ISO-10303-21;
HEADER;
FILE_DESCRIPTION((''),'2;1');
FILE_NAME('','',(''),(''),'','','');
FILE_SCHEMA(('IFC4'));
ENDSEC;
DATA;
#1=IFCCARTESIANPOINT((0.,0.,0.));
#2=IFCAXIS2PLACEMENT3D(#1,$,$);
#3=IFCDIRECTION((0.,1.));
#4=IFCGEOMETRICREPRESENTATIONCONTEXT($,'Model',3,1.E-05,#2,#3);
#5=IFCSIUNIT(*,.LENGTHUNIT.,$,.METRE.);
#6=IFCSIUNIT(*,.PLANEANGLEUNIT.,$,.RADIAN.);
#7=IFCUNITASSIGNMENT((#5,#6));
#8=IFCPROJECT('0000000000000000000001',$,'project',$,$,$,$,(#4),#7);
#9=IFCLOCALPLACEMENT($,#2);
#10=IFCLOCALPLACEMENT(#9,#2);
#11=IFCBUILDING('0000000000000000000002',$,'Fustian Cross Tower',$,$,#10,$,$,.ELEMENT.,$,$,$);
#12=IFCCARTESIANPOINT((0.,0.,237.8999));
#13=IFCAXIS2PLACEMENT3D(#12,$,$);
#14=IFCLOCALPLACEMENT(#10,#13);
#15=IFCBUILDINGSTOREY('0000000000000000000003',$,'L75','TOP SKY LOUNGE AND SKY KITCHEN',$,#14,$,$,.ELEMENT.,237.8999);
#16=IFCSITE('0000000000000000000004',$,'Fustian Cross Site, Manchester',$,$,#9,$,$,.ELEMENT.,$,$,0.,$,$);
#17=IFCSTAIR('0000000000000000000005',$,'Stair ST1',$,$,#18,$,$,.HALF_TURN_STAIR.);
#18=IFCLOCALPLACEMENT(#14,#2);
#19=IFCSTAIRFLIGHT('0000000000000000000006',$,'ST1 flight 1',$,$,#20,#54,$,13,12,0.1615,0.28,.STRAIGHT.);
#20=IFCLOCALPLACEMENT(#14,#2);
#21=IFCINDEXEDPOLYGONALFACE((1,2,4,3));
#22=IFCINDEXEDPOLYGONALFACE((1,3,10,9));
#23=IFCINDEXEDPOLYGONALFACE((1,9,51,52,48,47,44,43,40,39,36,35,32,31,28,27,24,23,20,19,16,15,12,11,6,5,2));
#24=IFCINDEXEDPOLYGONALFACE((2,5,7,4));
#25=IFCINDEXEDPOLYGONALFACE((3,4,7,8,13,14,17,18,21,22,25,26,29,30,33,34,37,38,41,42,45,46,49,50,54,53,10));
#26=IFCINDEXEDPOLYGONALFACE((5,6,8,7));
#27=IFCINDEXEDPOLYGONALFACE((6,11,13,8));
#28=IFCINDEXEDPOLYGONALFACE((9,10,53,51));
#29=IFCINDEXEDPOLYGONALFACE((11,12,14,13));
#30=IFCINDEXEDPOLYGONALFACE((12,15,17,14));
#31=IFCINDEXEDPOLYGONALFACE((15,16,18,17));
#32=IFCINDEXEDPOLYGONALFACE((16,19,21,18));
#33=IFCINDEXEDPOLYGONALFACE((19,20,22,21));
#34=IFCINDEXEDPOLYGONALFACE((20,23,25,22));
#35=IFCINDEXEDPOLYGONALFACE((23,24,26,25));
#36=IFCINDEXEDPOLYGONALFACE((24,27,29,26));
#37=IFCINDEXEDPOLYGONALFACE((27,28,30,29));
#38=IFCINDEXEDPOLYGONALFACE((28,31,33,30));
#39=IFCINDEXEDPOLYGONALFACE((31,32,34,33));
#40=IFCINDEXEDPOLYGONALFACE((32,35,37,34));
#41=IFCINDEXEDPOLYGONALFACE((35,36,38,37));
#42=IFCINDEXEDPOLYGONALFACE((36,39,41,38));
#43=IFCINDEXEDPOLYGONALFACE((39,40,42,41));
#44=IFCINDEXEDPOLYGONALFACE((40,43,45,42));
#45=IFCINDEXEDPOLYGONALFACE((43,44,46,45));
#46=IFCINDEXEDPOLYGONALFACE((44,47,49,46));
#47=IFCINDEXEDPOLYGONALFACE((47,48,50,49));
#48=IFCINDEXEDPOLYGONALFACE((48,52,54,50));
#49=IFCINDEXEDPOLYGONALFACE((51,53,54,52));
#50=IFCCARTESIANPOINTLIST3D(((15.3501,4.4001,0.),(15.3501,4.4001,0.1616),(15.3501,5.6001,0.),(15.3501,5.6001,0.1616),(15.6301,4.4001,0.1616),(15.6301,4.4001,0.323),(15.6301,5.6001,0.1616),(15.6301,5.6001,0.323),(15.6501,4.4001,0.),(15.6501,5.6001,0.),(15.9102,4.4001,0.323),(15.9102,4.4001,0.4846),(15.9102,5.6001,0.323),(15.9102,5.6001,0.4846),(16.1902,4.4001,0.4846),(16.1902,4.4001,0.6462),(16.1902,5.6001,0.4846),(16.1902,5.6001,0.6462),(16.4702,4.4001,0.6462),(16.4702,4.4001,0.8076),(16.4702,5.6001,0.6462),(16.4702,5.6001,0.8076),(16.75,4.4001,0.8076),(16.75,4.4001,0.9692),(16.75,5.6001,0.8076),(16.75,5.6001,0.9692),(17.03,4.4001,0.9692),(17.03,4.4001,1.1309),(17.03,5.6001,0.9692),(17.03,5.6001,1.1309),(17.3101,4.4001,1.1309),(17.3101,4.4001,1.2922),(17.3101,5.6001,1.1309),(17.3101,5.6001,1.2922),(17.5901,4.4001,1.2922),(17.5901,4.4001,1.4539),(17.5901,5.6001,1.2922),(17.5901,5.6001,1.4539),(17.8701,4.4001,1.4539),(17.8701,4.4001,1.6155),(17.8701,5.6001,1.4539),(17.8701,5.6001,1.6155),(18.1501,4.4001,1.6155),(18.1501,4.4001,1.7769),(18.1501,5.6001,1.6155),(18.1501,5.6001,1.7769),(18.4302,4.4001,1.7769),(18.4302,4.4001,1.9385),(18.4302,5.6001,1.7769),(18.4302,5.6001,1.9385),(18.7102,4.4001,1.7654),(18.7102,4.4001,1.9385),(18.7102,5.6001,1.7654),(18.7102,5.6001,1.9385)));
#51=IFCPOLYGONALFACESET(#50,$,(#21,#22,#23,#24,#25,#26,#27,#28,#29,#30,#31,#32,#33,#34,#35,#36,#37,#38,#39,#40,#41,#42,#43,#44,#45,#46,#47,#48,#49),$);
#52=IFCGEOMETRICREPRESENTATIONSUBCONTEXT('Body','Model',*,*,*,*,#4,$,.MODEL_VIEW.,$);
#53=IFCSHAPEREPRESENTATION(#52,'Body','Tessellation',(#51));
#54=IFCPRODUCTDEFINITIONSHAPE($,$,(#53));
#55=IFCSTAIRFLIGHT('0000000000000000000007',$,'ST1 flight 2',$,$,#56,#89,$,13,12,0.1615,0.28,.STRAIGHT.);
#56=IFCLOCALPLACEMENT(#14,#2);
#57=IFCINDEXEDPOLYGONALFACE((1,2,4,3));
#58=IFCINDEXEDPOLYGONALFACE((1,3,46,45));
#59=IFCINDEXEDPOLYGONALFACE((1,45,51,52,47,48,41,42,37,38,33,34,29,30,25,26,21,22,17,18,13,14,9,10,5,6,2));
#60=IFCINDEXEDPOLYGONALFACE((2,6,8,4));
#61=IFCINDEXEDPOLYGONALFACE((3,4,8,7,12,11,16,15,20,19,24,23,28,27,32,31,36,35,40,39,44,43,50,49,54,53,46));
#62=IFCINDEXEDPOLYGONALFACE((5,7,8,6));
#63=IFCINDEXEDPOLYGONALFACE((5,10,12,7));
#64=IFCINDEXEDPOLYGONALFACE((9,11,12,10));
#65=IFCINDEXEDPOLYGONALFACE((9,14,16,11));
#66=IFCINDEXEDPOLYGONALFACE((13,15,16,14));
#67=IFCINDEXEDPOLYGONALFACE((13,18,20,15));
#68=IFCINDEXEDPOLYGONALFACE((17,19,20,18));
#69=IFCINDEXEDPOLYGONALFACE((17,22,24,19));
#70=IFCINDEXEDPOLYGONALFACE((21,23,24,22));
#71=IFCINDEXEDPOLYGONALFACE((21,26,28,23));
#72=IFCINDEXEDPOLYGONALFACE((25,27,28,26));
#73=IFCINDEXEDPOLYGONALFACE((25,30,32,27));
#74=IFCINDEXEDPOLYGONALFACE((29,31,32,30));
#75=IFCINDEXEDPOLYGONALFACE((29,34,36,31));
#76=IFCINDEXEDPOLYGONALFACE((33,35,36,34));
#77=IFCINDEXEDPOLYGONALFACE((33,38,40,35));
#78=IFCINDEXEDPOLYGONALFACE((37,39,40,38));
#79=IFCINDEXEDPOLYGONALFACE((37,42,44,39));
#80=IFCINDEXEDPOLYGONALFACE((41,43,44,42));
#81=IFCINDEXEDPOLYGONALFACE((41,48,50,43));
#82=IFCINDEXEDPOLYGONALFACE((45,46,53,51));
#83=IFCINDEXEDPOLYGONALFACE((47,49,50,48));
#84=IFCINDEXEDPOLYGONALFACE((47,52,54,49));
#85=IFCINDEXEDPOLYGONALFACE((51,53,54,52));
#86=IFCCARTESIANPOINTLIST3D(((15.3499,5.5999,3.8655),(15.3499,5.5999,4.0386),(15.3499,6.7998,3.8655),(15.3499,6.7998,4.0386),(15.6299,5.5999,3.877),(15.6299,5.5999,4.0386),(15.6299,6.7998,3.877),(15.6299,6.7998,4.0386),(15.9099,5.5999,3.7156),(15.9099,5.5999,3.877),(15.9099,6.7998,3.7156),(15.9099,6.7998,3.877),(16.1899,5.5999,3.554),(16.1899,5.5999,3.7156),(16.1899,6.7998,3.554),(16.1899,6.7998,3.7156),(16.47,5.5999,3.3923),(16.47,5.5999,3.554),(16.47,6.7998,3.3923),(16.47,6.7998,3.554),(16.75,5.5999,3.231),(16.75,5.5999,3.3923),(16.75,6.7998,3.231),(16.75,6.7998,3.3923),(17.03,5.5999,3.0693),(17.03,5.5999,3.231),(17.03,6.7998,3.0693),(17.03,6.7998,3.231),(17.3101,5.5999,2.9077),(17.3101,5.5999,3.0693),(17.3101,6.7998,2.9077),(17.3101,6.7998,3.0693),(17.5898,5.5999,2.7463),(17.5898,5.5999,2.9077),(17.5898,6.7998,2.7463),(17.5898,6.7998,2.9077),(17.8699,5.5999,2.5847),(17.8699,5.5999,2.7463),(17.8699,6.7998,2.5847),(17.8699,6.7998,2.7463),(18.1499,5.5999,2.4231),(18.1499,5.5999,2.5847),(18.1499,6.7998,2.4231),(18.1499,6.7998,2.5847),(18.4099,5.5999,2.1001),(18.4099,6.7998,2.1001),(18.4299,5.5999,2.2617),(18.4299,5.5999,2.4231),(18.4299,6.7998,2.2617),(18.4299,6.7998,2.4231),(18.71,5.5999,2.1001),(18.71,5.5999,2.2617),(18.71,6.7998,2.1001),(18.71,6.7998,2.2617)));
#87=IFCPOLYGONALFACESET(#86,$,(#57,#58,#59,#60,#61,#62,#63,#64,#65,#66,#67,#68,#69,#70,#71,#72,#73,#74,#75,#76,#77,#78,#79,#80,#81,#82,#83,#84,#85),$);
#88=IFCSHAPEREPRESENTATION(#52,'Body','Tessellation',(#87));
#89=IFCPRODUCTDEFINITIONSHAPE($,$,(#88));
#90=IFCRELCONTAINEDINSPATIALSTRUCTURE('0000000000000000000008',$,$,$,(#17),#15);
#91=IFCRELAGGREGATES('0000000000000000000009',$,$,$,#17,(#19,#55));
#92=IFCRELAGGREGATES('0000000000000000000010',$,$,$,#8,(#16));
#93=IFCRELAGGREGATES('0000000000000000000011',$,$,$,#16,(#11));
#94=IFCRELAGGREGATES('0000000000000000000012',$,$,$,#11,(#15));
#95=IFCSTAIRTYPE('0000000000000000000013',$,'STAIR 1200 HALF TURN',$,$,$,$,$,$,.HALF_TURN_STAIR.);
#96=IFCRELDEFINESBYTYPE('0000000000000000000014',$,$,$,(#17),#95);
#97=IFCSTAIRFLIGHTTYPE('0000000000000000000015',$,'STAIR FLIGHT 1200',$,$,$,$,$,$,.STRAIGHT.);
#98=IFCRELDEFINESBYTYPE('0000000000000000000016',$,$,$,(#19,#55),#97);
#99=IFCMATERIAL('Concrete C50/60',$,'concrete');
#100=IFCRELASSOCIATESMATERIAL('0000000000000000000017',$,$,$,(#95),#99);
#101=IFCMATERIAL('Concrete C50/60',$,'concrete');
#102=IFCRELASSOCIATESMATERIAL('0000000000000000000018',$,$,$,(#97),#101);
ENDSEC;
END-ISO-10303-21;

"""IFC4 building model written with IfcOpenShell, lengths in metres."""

from ifc_helpers import new_model, si_unit, direction, frame, origin, place, context, subcontext, project, spatial, polyline, outline, extrude, material, type_object, element, aggregate, save


model = new_model("IFC4")

# Units and contexts
model_context = context("Model", 3, precision=1e-05, world=origin(), true_north=direction((0.0, 1.0)))
body_context = subcontext(model_context, "Body", "Model", "MODEL_VIEW")
ifc_project = project(units=[si_unit("LENGTHUNIT", "METRE"), si_unit("PLANEANGLEUNIT", "RADIAN")], contexts=[model_context])

# Site, building, storey
site_placement = place(None, origin())
site = spatial("IfcSite", under=ifc_project, at=site_placement, Name="Fustian Cross Site, Manchester", CompositionType="ELEMENT", RefElevation=0.0)
building_placement = place(site_placement, origin())
building = spatial("IfcBuilding", under=site, at=building_placement, Name="Fustian Cross Tower", CompositionType="ELEMENT")
storey_placement = place(building_placement, frame((0.0, 0.0, 237.8999)))
storey = spatial("IfcBuildingStorey", under=building, at=storey_placement, Name="L75", Description="TOP SKY LOUNGE AND SKY KITCHEN", CompositionType="ELEMENT", Elevation=237.8999)

# Stair, stair flights
ifc_material_1 = material(Name="Concrete C50/60", Category="concrete")
stair_type = type_object("IfcStairType", Name="STAIR 1200 HALF TURN", PredefinedType="HALF_TURN_STAIR", material=ifc_material_1)
stair_placement = place(storey_placement, origin())
stair = element("IfcStair", 1, at=stair_placement, inside=storey, type_object=stair_type, Name="Stair ST1", PredefinedType="HALF_TURN_STAIR")
ifc_material_2 = material(Name="Concrete C50/60", Category="concrete")
stair_flight_type = type_object("IfcStairFlightType", Name="STAIR FLIGHT 1200", PredefinedType="STRAIGHT", material=ifc_material_2)
stair_flight_1_placement = place(storey_placement, frame((15.3501, 5.0, 0.0), z_axis=(0.0, 0.0, 1.0), x_axis=(1.0, 0.0, 0.0)))
stair_flight_1 = element("IfcStairFlight", 2, at=stair_flight_1_placement, type_object=stair_flight_type, Name="ST1 flight 1", NumberOfRisers=13, NumberOfTreads=12, PredefinedType="STRAIGHT", RiserHeight=0.1615, TreadLength=0.28, context=body_context, shape_type="SweptSolid", body=[
    extrude(outline(polyline([(0.0, 0.0), (0.0, 0.1616), (0.28, 0.1616), (0.28, 0.323), (0.5601, 0.323), (0.5601, 0.4846), (0.8401, 0.4846), (0.8401, 0.6462), (1.1201, 0.6462), (1.1201, 0.8076), (1.3999, 0.8076), (1.3999, 0.9692), (1.6799, 0.9692), (1.6799, 1.1309), (1.96, 1.1309), (1.96, 1.2922), (2.24, 1.2922), (2.24, 1.4539), (2.52, 1.4539), (2.52, 1.6155), (2.8, 1.6155), (2.8, 1.7769), (3.0801, 1.7769), (3.0801, 1.9385), (3.3601, 1.9385), (3.3601, 2.1001), (3.3601, 1.7654), (0.3, 0.0), (0.0, 0.0)])), frame((0.0, 0.6001, 0.0), z_axis=(0.0, -1.0, 0.0), x_axis=(1.0, 0.0, 0.0)), (0.0, 0.0, 1.0), 1.2),
])
stair_flight_2_placement = place(storey_placement, frame((18.71, 6.2, 2.1001), z_axis=(0.0, 0.0, 1.0), x_axis=(-1.0, 0.0, 0.0)))
stair_flight_2 = element("IfcStairFlight", 3, at=stair_flight_2_placement, type_object=stair_flight_type, Name="ST1 flight 2", NumberOfRisers=13, NumberOfTreads=12, PredefinedType="STRAIGHT", RiserHeight=0.1615, TreadLength=0.28, context=body_context, shape_type="SweptSolid", body=[
    extrude(outline(polyline([(0.0, 0.0), (0.0, 0.1616), (0.28, 0.1616), (0.28, 0.323), (0.5601, 0.323), (0.5601, 0.4846), (0.8401, 0.4846), (0.8401, 0.6462), (1.1201, 0.6462), (1.1201, 0.8076), (1.3999, 0.8076), (1.3999, 0.9692), (1.6799, 0.9692), (1.6799, 1.1309), (1.96, 1.1309), (1.96, 1.2922), (2.24, 1.2922), (2.24, 1.4539), (2.52, 1.4539), (2.52, 1.6155), (2.8, 1.6155), (2.8, 1.7769), (3.0801, 1.7769), (3.0801, 1.9385), (3.3601, 1.9385), (3.3601, 2.1001), (3.3601, 1.7654), (0.3, 0.0), (0.0, 0.0)])), frame((0.0, 0.6001, 0.0), z_axis=(0.0, -1.0, 0.0), x_axis=(1.0, 0.0, 0.0)), (0.0, 0.0, 1.0), 1.2),
])
aggregate(stair, [stair_flight_1, stair_flight_2])

save(model, "model.ifc")
